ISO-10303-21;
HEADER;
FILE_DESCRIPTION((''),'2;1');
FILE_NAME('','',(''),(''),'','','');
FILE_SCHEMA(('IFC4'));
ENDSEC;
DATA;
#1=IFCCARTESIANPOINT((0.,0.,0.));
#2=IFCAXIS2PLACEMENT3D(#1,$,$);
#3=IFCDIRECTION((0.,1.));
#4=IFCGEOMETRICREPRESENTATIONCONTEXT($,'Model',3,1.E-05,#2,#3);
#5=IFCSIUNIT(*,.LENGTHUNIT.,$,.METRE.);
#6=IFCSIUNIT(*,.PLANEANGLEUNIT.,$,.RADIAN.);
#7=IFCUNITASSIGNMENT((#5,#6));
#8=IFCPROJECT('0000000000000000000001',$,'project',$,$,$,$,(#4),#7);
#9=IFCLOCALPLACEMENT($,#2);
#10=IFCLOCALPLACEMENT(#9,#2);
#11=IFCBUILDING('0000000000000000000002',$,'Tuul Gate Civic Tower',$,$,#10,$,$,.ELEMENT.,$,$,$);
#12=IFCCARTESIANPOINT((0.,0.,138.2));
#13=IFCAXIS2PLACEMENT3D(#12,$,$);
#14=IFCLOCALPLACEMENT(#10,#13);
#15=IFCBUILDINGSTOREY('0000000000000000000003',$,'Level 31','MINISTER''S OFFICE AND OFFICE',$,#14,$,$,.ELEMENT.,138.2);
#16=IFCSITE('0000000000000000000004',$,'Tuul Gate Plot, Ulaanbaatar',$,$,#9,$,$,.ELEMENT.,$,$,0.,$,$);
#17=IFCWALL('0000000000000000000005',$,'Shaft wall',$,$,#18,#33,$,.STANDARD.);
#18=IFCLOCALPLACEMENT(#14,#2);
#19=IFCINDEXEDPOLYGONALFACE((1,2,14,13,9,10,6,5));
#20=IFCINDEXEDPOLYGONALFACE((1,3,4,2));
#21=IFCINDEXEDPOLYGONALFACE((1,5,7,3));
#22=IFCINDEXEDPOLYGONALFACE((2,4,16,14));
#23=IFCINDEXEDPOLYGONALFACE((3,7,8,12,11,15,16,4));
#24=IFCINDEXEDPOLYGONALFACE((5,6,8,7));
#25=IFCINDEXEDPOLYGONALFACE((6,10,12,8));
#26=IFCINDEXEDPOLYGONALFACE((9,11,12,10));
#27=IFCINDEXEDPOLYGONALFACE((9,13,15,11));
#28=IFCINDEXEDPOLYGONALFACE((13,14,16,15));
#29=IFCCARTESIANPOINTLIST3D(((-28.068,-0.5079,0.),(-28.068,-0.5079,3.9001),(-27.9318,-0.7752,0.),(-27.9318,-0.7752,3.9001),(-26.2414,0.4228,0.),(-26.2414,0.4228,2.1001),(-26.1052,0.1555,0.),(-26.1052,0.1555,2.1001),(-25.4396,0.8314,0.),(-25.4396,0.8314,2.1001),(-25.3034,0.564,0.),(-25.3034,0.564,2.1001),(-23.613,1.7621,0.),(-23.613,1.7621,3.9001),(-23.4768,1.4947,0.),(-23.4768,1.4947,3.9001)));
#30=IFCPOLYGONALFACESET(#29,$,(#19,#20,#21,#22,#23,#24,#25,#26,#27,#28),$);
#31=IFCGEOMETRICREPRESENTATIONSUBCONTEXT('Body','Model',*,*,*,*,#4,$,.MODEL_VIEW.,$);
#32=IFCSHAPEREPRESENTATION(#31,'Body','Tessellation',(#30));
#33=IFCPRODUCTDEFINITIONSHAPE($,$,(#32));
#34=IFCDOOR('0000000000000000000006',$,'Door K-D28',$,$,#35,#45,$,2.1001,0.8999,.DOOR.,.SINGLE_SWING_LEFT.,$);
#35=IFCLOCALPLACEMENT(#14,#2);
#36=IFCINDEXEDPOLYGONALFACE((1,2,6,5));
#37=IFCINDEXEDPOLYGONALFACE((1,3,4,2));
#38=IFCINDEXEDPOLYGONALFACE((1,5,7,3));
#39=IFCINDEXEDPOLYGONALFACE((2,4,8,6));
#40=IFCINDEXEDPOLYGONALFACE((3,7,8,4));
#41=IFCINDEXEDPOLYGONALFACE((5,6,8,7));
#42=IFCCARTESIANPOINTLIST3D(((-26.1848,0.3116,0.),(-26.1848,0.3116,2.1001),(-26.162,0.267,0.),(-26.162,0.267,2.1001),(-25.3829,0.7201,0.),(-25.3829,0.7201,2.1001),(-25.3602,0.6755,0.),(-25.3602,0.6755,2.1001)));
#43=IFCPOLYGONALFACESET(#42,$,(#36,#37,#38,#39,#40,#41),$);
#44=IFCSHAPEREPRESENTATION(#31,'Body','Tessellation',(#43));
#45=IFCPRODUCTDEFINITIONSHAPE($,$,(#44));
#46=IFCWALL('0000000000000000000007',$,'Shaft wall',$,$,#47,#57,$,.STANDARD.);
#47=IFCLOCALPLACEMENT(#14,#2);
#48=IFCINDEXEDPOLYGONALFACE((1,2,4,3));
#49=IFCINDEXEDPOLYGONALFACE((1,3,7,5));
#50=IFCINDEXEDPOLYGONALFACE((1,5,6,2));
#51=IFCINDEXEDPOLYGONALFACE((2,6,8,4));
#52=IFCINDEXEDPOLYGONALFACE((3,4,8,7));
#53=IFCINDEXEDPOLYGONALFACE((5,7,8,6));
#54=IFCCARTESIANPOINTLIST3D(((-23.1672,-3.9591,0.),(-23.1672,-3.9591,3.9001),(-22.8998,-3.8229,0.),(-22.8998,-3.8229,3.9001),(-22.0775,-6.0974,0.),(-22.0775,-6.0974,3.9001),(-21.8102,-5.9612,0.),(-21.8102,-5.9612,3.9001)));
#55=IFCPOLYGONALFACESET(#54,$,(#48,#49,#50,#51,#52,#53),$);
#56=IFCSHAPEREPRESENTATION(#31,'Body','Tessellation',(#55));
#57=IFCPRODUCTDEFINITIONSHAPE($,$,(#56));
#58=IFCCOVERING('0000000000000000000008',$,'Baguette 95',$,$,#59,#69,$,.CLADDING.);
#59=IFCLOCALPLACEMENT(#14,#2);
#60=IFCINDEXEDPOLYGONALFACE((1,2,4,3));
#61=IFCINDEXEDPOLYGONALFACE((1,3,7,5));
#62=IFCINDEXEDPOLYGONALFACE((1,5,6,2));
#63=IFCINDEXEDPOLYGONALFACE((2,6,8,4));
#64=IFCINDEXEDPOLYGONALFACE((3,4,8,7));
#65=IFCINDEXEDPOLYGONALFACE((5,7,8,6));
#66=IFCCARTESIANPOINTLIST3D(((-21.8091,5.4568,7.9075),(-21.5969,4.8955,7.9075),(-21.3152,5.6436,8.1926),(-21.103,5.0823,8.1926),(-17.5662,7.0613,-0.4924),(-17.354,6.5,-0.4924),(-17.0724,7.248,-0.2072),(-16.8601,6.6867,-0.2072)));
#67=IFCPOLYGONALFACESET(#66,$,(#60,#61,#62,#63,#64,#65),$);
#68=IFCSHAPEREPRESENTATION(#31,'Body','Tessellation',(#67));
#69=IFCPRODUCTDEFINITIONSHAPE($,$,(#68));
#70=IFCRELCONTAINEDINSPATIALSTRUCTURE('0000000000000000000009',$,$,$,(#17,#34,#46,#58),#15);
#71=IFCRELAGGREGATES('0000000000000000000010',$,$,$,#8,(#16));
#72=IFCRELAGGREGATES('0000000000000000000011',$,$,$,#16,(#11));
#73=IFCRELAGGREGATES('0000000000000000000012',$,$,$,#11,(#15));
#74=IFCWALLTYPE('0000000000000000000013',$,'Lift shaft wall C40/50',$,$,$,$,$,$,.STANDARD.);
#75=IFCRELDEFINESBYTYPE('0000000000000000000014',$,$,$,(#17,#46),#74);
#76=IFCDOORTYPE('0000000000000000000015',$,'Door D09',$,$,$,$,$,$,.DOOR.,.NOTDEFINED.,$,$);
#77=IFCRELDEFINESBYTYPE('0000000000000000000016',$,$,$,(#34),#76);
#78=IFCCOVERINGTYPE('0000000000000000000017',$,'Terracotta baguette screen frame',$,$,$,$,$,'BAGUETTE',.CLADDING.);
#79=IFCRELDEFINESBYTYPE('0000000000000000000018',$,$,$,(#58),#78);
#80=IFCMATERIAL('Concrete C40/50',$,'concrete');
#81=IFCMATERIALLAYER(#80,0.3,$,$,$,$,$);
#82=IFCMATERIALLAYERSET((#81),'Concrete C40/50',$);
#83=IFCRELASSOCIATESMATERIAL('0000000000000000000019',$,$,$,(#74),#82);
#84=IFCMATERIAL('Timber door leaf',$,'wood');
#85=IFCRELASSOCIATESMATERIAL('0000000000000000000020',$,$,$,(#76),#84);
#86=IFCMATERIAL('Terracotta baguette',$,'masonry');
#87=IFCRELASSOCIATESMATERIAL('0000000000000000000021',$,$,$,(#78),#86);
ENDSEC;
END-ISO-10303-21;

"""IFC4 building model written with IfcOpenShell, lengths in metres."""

from ifc_helpers import new_model, si_unit, direction, frame, frame_2d, origin, origin_2d, place, context, subcontext, project, spatial, rectangle, extrude, material, layer, layer_set, material_profile, profile_set, type_object, element, fill, save


model = new_model("IFC4")

# Units and contexts
model_context = context("Model", 3, precision=1e-05, world=origin(), true_north=direction((0.0, 1.0)))
body_context = subcontext(model_context, "Body", "Model", "MODEL_VIEW")
ifc_project = project(units=[si_unit("LENGTHUNIT", "METRE"), si_unit("PLANEANGLEUNIT", "RADIAN")], contexts=[model_context])

# Site, building, storey
site_placement = place(None, origin())
site = spatial("IfcSite", under=ifc_project, at=site_placement, Name="Tuul Gate Plot, Ulaanbaatar", CompositionType="ELEMENT", RefElevation=0.0)
building_placement = place(site_placement, origin())
building = spatial("IfcBuilding", under=site, at=building_placement, Name="Tuul Gate Civic Tower", CompositionType="ELEMENT")
storey_placement = place(building_placement, frame((0.0, 0.0, 138.2)))
storey = spatial("IfcBuildingStorey", under=building, at=storey_placement, Name="Level 31", Description="MINISTER'S OFFICE AND OFFICE", CompositionType="ELEMENT", Elevation=138.2)

# Shared definitions
ifc_material_1 = material(Name="Concrete C40/50", Category="concrete")
ifc_layer_1 = layer(ifc_material_1, 0.3)
ifc_layer_set_1 = layer_set([ifc_layer_1], Name="Concrete C40/50")
wall_type_1 = type_object("IfcWallType", Name="Lift shaft wall C40/50", PredefinedType="STANDARD", material=ifc_layer_set_1)

# Wall, opening, door
wall_1_placement = place(storey_placement, frame((-23.5449, 1.6284, 0.0), z_axis=(0.0, 0.0, 1.0), x_axis=(-0.891003, -0.453997, 0.0)))
wall_1 = element("IfcWall", 1, at=wall_1_placement, inside=storey, type_object=wall_type_1, Name="Shaft wall", PredefinedType="STANDARD", context=body_context, shape_type="SweptSolid", body=[
    extrude(rectangle(XDim=5.0, YDim=0.3, at=frame_2d((2.5, 0.0))), origin(), (0.0, 0.0, 1.0), 3.9001),
])
opening_1_placement = place(wall_1_placement, frame((2.05, 0.0, 0.0)))
opening_1 = element("IfcOpeningElement", 2, at=opening_1_placement, cuts=wall_1, PredefinedType="OPENING", context=body_context, shape_type="SweptSolid", body=[
    extrude(rectangle(XDim=0.8999, YDim=2.1001, at=frame_2d((0.45, 1.05))), frame((0.0, 0.1602, 0.0), z_axis=(0.0, -1.0, 0.0), x_axis=(1.0, 0.0, 0.0)), (0.0, 0.0, 1.0), 0.3201),
])
ifc_material_2 = material(Name="Timber door leaf", Category="wood")
door_type_1 = type_object("IfcDoorType", Name="Door D09", OperationType="NOTDEFINED", PredefinedType="DOOR", material=ifc_material_2)
door_1_placement = place(opening_1_placement, origin())
door_1 = element("IfcDoor", 3, at=door_1_placement, inside=storey, type_object=door_type_1, Name="Door K-D28", OperationType="SINGLE_SWING_LEFT", OverallHeight=2.1001, OverallWidth=0.8999, PredefinedType="DOOR", context=body_context, shape_type="SweptSolid", body=[
    extrude(rectangle(XDim=0.8999, YDim=2.1001, at=frame_2d((0.45, 1.05))), frame((0.0, 0.0249, 0.0), z_axis=(0.0, -1.0, 0.0), x_axis=(1.0, 0.0, 0.0)), (0.0, 0.0, 1.0), 0.05),
])
fill(opening_1, door_1)

# Wall
wall_2_placement = place(storey_placement, frame((-21.9438, -6.0293, 0.0), z_axis=(0.0, 0.0, 1.0), x_axis=(-0.454037, 0.890983, 0.0)))
element("IfcWall", 4, at=wall_2_placement, inside=storey, type_object=wall_type_1, Name="Shaft wall", PredefinedType="STANDARD", context=body_context, shape_type="SweptSolid", body=[
    extrude(rectangle(XDim=2.3999, YDim=0.3, at=frame_2d((1.2, 0.0))), origin(), (0.0, 0.0, 1.0), 3.9001),
])

# Covering
ifc_material_3 = material(Name="Terracotta baguette", Category="masonry")
ifc_material_profile_1 = material_profile(ifc_material_3, rectangle(XDim=0.6001, YDim=0.6001, at=origin_2d()), Name="Terracotta baguette screen frame")
ifc_profile_set_1 = profile_set([ifc_material_profile_1], Name="Terracotta baguette")
covering_type = type_object("IfcCoveringType", Name="Terracotta baguette screen frame", ElementType="BAGUETTE", PredefinedType="CLADDING", material=ifc_profile_set_1)
covering_placement = place(storey_placement, frame((-21.4561, 5.2695, 8.05), z_axis=(0.444449, 0.168072, -0.879896), x_axis=(-0.353711, 0.935355, 0.0)))
element("IfcCovering", 5, at=covering_placement, inside=storey, type_object=covering_type, Name="Baguette 95", PredefinedType="CLADDING", context=body_context, shape_type="SweptSolid", body=[
    extrude(rectangle(XDim=0.6001, YDim=0.6001, at=origin_2d()), origin(), (0.0, 0.0, 1.0), 9.5464),
])

save(model, "model.ifc")
